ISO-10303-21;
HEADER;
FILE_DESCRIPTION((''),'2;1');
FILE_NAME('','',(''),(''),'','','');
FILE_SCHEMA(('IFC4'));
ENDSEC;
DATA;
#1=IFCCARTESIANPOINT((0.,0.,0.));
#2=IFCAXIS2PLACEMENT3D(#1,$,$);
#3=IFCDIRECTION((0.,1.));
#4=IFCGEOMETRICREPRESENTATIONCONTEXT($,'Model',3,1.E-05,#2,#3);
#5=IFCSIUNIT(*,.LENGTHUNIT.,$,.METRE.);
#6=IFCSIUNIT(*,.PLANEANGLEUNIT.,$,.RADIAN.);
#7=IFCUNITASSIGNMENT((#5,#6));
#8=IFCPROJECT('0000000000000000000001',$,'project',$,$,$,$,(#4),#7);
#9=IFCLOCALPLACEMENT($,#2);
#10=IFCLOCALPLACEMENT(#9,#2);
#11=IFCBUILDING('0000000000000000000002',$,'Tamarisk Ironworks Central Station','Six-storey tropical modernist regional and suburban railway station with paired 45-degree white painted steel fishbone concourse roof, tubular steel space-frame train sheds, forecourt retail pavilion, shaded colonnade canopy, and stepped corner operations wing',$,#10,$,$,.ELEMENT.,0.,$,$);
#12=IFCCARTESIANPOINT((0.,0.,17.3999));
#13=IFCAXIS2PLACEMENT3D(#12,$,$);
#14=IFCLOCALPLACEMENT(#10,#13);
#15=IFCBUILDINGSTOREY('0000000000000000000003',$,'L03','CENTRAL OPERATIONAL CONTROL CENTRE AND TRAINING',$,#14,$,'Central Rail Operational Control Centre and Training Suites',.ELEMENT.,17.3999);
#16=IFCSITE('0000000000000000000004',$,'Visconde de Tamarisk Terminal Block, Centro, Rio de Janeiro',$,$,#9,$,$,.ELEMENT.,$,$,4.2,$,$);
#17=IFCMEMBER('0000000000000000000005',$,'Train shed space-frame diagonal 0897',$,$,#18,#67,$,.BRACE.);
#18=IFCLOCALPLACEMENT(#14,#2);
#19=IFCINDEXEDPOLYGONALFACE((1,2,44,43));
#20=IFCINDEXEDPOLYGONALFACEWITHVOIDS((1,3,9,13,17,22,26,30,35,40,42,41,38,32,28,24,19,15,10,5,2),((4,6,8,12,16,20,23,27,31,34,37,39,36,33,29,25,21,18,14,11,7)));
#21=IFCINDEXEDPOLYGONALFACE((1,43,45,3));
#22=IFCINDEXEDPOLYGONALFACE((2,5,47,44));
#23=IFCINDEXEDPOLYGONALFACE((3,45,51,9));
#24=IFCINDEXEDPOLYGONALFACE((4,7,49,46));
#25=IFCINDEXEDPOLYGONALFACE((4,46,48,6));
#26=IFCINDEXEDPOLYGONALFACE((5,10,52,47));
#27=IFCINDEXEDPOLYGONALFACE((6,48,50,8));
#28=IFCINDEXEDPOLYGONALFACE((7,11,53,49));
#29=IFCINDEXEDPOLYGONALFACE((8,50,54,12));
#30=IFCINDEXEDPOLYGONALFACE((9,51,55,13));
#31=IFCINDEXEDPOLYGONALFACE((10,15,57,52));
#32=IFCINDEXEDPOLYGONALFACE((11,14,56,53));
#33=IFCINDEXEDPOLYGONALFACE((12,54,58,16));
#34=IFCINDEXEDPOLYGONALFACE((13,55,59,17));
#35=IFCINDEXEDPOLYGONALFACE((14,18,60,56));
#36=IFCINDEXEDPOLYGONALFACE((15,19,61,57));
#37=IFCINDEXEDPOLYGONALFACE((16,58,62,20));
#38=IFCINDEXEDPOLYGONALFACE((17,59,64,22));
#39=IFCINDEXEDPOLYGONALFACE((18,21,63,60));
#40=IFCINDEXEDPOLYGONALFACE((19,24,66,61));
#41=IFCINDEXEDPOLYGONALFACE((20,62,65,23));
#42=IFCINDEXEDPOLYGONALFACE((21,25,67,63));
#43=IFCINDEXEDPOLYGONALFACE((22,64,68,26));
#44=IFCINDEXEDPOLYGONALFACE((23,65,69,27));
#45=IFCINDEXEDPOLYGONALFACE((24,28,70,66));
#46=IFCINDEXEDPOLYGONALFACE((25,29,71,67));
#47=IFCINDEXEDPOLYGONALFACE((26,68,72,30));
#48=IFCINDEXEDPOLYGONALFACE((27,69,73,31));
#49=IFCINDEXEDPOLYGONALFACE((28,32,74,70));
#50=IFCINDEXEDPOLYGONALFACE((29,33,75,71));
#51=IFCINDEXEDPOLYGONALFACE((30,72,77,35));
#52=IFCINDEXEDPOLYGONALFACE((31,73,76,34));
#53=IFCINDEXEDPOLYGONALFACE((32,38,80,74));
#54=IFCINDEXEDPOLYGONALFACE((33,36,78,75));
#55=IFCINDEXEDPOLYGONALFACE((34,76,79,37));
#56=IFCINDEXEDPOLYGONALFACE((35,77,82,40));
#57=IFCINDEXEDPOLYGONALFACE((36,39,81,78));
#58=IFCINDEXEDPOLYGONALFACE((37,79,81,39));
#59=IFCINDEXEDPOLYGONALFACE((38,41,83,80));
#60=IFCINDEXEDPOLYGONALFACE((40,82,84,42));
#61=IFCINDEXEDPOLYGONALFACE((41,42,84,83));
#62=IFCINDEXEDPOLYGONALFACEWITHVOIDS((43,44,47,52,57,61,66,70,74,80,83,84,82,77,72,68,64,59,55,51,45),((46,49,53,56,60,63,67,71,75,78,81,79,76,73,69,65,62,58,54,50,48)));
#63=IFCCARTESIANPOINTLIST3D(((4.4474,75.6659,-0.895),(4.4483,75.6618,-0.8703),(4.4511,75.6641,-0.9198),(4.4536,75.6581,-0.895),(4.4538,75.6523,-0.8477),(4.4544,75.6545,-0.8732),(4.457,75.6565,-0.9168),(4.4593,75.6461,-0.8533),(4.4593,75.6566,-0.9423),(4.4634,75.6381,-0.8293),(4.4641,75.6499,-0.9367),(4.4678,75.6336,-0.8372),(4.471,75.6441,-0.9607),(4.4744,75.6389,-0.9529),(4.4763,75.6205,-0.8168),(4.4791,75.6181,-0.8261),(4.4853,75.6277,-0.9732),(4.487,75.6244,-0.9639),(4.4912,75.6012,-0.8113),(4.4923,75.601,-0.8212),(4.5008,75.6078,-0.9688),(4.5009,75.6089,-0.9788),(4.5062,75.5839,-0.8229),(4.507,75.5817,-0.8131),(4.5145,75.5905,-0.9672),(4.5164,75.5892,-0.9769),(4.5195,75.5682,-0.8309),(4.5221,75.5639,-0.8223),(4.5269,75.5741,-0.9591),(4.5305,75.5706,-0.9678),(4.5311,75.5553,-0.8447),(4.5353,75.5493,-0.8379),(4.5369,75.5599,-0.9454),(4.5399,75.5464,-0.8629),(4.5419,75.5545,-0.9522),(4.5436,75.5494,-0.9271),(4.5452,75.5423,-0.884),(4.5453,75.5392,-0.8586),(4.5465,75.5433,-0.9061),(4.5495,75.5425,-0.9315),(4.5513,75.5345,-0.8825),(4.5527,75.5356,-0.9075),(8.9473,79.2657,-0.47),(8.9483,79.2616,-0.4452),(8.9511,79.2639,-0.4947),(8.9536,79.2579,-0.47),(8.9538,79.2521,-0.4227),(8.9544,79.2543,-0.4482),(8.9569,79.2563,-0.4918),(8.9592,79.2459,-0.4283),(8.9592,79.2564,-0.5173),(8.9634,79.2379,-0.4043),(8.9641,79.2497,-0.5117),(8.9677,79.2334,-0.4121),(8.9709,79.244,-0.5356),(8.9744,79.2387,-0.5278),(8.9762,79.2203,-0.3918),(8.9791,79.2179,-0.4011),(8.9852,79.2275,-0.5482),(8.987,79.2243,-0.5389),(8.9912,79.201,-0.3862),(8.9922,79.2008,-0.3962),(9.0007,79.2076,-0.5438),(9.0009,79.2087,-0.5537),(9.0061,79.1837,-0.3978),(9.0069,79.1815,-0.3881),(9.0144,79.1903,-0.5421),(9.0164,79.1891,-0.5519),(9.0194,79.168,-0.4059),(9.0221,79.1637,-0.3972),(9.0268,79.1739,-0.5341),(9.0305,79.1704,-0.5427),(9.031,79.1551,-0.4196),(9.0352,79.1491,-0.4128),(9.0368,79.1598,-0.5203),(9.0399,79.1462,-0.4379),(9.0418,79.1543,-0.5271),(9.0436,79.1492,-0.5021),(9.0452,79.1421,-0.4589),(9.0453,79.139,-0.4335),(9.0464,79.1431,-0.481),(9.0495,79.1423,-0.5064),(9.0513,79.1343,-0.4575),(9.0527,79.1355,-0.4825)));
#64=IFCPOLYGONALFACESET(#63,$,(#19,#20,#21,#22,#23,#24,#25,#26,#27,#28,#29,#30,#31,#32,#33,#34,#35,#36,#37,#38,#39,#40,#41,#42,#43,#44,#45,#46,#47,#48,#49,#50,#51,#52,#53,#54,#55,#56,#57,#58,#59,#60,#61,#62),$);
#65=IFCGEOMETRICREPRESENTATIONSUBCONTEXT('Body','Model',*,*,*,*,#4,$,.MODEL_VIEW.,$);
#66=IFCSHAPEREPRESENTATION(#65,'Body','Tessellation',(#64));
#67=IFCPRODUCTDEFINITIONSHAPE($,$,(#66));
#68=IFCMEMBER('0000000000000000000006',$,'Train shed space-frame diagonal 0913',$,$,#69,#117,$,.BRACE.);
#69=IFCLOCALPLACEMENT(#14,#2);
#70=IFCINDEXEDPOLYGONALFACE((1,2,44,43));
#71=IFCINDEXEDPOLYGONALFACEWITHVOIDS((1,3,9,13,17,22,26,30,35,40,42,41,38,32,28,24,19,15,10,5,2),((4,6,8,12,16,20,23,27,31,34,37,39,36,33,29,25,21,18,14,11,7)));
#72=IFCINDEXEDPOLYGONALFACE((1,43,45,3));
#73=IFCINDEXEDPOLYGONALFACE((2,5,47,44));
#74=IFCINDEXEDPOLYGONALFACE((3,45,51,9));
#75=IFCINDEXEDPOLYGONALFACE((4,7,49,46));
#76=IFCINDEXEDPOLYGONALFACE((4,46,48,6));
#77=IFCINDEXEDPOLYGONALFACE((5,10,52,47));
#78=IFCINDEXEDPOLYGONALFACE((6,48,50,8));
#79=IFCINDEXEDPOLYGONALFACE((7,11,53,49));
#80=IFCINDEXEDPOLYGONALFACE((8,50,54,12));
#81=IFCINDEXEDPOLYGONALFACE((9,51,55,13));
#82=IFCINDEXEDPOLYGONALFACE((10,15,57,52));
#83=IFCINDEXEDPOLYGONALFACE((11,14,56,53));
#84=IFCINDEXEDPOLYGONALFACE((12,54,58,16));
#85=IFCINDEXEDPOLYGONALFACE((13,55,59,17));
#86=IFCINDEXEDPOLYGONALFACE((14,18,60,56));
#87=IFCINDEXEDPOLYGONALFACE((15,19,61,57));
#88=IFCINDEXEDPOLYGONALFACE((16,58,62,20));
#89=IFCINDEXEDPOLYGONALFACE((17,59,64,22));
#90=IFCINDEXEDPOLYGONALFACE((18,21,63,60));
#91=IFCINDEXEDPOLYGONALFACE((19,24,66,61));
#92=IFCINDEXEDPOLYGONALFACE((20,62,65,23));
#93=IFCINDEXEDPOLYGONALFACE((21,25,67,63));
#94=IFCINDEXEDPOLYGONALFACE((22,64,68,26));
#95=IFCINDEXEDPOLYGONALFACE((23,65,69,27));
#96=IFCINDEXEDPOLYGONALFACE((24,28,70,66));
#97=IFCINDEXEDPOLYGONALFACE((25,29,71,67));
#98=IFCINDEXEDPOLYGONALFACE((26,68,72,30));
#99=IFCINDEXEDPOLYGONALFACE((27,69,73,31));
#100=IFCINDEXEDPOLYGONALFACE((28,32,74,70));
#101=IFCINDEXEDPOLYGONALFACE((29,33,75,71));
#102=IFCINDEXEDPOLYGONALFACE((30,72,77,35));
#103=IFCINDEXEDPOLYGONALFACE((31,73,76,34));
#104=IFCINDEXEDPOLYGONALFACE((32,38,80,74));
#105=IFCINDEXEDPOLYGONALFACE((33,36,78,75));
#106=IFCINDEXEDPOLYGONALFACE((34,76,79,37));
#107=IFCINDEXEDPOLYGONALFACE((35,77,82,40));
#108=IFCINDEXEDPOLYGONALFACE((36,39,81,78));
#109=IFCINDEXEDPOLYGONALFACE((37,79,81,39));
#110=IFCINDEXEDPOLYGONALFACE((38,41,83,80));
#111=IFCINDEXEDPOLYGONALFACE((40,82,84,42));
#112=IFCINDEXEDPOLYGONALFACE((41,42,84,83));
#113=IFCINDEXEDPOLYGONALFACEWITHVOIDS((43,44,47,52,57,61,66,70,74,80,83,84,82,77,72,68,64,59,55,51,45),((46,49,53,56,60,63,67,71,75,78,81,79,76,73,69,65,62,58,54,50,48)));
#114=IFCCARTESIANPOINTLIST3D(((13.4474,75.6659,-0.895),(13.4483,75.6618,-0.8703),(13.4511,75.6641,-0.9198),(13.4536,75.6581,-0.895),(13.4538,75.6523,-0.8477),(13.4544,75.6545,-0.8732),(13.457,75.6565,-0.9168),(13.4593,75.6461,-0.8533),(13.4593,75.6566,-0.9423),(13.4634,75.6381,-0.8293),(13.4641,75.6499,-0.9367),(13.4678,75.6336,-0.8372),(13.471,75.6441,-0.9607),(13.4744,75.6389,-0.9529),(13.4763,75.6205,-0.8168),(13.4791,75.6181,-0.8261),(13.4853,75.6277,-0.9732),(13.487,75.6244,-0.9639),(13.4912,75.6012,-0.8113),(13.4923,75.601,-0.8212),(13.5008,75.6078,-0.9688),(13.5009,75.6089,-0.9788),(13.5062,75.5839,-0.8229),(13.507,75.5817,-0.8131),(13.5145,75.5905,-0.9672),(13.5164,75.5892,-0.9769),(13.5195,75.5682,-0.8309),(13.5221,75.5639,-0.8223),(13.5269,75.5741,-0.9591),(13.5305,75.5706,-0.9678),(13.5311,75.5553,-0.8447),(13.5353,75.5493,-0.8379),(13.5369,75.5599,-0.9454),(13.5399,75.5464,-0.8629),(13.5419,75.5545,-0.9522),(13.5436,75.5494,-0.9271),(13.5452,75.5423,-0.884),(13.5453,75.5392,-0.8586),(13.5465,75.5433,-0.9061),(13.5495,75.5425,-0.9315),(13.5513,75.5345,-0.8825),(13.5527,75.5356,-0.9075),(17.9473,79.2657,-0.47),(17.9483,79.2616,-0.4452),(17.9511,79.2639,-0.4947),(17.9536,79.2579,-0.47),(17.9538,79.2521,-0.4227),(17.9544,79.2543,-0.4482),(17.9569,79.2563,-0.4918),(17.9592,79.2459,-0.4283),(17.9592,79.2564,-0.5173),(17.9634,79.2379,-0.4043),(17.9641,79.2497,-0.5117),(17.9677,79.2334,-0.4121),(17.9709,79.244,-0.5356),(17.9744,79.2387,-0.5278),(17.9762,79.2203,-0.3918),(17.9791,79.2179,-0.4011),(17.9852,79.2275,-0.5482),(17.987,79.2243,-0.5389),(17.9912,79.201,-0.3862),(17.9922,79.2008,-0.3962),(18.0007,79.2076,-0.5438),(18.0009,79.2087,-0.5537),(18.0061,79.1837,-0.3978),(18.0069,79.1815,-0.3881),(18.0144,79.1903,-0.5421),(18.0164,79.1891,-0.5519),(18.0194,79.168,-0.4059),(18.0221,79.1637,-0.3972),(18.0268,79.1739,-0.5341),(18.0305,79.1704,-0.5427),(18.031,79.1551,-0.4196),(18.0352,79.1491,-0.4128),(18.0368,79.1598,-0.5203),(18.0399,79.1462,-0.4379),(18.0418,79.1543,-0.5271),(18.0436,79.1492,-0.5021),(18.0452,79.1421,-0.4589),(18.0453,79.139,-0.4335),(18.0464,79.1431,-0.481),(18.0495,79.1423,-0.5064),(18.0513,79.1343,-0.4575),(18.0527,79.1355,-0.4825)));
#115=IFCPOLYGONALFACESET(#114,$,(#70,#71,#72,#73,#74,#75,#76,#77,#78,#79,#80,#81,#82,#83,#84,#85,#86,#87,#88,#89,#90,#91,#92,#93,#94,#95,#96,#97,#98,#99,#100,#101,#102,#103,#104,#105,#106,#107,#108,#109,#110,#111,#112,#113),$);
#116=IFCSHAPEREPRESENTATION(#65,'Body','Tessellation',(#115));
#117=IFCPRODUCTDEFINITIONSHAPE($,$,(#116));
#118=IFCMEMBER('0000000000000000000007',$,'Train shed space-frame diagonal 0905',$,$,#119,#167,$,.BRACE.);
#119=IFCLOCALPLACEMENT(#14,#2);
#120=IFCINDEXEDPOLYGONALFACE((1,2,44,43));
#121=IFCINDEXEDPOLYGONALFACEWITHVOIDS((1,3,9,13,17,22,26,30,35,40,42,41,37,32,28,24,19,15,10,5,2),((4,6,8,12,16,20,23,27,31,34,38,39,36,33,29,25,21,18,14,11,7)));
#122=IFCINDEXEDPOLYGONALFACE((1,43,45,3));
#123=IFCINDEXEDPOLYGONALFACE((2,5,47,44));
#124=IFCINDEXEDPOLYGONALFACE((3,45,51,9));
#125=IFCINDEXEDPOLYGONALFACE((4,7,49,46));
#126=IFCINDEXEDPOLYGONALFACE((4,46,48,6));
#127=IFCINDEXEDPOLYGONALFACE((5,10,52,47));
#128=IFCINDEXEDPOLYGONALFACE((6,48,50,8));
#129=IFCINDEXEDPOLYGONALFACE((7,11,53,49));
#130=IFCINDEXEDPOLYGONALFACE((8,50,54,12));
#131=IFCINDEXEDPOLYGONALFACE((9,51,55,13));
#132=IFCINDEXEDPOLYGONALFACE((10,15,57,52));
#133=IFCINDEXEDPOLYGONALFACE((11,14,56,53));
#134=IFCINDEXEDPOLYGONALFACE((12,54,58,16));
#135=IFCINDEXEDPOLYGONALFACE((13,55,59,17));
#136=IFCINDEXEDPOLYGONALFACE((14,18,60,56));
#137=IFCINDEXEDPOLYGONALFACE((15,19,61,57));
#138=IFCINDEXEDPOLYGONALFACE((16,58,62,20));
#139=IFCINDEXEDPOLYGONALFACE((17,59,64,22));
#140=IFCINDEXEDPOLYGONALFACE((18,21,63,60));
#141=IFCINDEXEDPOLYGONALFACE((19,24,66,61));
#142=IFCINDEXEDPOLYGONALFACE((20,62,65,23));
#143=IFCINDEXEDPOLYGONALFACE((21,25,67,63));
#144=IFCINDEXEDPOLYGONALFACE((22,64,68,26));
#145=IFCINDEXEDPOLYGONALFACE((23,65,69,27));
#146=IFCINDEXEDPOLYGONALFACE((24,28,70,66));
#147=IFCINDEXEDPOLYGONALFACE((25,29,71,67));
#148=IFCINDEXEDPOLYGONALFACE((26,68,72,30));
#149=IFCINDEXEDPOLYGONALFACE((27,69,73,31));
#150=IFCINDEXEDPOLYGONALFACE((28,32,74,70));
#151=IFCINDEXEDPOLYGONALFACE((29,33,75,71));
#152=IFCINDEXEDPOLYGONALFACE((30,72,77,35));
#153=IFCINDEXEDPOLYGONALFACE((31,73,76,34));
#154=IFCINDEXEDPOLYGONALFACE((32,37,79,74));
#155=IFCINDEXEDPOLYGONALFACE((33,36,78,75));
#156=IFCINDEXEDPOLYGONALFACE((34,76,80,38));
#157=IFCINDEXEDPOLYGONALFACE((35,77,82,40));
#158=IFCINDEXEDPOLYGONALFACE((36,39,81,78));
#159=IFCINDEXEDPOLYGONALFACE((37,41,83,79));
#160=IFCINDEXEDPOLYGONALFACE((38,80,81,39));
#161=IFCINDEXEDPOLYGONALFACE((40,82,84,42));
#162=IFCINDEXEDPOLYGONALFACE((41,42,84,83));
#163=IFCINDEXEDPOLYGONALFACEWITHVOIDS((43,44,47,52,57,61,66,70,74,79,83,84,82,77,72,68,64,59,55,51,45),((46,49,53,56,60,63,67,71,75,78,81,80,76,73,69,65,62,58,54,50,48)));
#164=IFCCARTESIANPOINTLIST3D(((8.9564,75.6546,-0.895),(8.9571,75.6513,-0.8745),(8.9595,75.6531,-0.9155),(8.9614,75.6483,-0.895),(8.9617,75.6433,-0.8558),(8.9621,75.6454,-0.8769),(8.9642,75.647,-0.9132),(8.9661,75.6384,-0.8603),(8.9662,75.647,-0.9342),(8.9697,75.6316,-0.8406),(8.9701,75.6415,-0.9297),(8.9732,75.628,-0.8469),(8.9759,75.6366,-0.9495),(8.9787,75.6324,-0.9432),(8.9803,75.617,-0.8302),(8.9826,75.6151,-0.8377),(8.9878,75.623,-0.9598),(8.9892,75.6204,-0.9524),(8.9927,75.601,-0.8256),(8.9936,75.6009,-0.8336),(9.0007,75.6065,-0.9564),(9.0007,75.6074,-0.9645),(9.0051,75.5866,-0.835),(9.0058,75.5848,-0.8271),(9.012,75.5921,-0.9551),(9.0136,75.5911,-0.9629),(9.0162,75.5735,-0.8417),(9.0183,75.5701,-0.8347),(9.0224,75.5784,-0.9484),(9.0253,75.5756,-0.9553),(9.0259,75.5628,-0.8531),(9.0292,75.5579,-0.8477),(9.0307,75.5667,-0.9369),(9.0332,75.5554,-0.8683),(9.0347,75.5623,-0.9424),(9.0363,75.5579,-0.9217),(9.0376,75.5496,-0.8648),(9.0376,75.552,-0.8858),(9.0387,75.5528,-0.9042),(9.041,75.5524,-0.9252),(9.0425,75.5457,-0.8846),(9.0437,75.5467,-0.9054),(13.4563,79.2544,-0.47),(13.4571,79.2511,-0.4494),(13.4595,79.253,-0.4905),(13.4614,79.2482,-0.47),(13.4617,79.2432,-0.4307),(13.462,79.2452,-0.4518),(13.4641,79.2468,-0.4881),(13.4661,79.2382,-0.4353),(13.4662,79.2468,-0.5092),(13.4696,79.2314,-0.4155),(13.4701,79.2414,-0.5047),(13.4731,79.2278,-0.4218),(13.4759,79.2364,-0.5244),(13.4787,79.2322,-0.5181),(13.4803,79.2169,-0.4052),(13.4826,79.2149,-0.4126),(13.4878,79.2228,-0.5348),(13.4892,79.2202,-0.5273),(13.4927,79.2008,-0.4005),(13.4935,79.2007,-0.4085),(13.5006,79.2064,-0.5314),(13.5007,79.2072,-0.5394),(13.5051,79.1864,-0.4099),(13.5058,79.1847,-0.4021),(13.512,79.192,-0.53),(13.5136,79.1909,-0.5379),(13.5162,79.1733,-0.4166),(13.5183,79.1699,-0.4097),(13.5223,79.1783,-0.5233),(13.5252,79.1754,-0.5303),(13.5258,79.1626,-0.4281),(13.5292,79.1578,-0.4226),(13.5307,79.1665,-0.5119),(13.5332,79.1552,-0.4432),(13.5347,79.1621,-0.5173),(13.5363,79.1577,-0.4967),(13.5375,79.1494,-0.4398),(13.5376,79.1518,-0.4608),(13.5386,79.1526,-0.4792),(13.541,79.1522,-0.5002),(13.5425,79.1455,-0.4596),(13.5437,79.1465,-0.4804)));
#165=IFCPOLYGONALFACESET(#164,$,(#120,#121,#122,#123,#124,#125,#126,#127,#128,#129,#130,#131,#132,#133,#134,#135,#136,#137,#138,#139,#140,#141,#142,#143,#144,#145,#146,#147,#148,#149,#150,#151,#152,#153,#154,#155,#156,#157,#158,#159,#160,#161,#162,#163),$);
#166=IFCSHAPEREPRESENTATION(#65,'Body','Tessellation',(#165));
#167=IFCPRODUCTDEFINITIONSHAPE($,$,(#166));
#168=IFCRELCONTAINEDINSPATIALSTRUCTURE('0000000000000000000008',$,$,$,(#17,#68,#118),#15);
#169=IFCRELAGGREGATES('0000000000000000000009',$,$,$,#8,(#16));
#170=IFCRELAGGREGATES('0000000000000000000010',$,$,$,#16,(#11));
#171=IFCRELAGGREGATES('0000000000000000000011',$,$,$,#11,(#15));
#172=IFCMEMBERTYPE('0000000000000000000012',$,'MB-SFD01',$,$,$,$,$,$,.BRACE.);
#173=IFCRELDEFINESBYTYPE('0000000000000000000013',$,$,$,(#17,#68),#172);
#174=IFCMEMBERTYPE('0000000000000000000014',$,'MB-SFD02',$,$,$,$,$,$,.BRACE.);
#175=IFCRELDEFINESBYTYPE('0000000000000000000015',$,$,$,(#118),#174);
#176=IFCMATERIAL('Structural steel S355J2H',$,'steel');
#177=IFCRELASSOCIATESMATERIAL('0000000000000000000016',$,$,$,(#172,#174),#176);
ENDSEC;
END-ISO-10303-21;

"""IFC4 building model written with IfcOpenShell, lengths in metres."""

from ifc_helpers import new_model, si_unit, direction, frame, origin, origin_2d, place, context, subcontext, project, spatial, hollow_circle, extrude, material, material_profile, profile_set, type_object, element, save


model = new_model("IFC4")

# Units and contexts
model_context = context("Model", 3, precision=1e-05, world=origin(), true_north=direction((0.0, 1.0)))
body_context = subcontext(model_context, "Body", "Model", "MODEL_VIEW")
ifc_project = project(units=[si_unit("LENGTHUNIT", "METRE"), si_unit("PLANEANGLEUNIT", "RADIAN")], contexts=[model_context])

# Site, building, storey
site_placement = place(None, origin())
site = spatial("IfcSite", under=ifc_project, at=site_placement, Name="Visconde de Tamarisk Terminal Block, Centro, Rio de Janeiro", CompositionType="ELEMENT", RefElevation=4.2)
building_placement = place(site_placement, origin())
building = spatial("IfcBuilding", under=site, at=building_placement, Name="Tamarisk Ironworks Central Station", Description="Six-storey tropical modernist regional and suburban railway station with paired 45-degree white painted steel fishbone concourse roof, tubular steel space-frame train sheds, forecourt retail pavilion, shaded colonnade canopy, and stepped corner operations wing", CompositionType="ELEMENT", ElevationOfRefHeight=0.0)
storey_placement = place(building_placement, frame((0.0, 0.0, 17.3999)))
storey = spatial("IfcBuildingStorey", under=building, at=storey_placement, Name="L03", Description="CENTRAL OPERATIONAL CONTROL CENTRE AND TRAINING", LongName="Central Rail Operational Control Centre and Training Suites", CompositionType="ELEMENT", Elevation=17.3999)

# Members
ifc_material_1 = material(Name="Structural steel S355J2H", Category="steel")
ifc_material_profile_1 = material_profile(ifc_material_1, hollow_circle(Radius=0.0842, WallThickness=0.01, at=origin_2d()), Name="CHS 168.3x10")
ifc_profile_set_1 = profile_set([ifc_material_profile_1], Name="Structural steel S355J2H")
member_type_1 = type_object("IfcMemberType", Name="MB-SFD01", PredefinedType="BRACE", material=ifc_profile_set_1)
for number, where, z_axis, x_axis, name in (
    (1, (4.5, 75.6001, -0.895), (0.778766, 0.622987, 0.073559), (-0.62468, 0.780881, 0.0), "Train shed space-frame diagonal 0897"),
    (2, (13.5, 75.6001, -0.895), (0.778766, 0.622987, 0.073559), (-0.62468, 0.780881, 0.0), "Train shed space-frame diagonal 0913"),
):
    element("IfcMember", number, at=place(storey_placement, frame(where, z_axis=z_axis, x_axis=x_axis)), inside=storey, type_object=member_type_1, Name=name, PredefinedType="BRACE", context=body_context, shape_type="SweptSolid", body=[
        extrude(hollow_circle(Radius=0.0842, WallThickness=0.01, at=origin_2d()), origin(), (0.0, 0.0, 1.0), 5.7783),
    ])
ifc_material_profile_2 = material_profile(ifc_material_1, hollow_circle(Radius=0.0698, WallThickness=0.0081, at=origin_2d()), Name="CHS 139.7x8")
ifc_profile_set_2 = profile_set([ifc_material_profile_2], Name="Structural steel S355J2H")
member_type_2 = type_object("IfcMemberType", Name="MB-SFD02", PredefinedType="BRACE", material=ifc_profile_set_2)
member_placement = place(storey_placement, frame((9.0, 75.6001, -0.895), z_axis=(0.778766, 0.622987, 0.073559), x_axis=(-0.62468, 0.780881, 0.0)))
element("IfcMember", 3, at=member_placement, inside=storey, type_object=member_type_2, Name="Train shed space-frame diagonal 0905", PredefinedType="BRACE", context=body_context, shape_type="SweptSolid", body=[
    extrude(hollow_circle(Radius=0.0698, WallThickness=0.0081, at=origin_2d()), origin(), (0.0, 0.0, 1.0), 5.7783),
])

save(model, "model.ifc")
